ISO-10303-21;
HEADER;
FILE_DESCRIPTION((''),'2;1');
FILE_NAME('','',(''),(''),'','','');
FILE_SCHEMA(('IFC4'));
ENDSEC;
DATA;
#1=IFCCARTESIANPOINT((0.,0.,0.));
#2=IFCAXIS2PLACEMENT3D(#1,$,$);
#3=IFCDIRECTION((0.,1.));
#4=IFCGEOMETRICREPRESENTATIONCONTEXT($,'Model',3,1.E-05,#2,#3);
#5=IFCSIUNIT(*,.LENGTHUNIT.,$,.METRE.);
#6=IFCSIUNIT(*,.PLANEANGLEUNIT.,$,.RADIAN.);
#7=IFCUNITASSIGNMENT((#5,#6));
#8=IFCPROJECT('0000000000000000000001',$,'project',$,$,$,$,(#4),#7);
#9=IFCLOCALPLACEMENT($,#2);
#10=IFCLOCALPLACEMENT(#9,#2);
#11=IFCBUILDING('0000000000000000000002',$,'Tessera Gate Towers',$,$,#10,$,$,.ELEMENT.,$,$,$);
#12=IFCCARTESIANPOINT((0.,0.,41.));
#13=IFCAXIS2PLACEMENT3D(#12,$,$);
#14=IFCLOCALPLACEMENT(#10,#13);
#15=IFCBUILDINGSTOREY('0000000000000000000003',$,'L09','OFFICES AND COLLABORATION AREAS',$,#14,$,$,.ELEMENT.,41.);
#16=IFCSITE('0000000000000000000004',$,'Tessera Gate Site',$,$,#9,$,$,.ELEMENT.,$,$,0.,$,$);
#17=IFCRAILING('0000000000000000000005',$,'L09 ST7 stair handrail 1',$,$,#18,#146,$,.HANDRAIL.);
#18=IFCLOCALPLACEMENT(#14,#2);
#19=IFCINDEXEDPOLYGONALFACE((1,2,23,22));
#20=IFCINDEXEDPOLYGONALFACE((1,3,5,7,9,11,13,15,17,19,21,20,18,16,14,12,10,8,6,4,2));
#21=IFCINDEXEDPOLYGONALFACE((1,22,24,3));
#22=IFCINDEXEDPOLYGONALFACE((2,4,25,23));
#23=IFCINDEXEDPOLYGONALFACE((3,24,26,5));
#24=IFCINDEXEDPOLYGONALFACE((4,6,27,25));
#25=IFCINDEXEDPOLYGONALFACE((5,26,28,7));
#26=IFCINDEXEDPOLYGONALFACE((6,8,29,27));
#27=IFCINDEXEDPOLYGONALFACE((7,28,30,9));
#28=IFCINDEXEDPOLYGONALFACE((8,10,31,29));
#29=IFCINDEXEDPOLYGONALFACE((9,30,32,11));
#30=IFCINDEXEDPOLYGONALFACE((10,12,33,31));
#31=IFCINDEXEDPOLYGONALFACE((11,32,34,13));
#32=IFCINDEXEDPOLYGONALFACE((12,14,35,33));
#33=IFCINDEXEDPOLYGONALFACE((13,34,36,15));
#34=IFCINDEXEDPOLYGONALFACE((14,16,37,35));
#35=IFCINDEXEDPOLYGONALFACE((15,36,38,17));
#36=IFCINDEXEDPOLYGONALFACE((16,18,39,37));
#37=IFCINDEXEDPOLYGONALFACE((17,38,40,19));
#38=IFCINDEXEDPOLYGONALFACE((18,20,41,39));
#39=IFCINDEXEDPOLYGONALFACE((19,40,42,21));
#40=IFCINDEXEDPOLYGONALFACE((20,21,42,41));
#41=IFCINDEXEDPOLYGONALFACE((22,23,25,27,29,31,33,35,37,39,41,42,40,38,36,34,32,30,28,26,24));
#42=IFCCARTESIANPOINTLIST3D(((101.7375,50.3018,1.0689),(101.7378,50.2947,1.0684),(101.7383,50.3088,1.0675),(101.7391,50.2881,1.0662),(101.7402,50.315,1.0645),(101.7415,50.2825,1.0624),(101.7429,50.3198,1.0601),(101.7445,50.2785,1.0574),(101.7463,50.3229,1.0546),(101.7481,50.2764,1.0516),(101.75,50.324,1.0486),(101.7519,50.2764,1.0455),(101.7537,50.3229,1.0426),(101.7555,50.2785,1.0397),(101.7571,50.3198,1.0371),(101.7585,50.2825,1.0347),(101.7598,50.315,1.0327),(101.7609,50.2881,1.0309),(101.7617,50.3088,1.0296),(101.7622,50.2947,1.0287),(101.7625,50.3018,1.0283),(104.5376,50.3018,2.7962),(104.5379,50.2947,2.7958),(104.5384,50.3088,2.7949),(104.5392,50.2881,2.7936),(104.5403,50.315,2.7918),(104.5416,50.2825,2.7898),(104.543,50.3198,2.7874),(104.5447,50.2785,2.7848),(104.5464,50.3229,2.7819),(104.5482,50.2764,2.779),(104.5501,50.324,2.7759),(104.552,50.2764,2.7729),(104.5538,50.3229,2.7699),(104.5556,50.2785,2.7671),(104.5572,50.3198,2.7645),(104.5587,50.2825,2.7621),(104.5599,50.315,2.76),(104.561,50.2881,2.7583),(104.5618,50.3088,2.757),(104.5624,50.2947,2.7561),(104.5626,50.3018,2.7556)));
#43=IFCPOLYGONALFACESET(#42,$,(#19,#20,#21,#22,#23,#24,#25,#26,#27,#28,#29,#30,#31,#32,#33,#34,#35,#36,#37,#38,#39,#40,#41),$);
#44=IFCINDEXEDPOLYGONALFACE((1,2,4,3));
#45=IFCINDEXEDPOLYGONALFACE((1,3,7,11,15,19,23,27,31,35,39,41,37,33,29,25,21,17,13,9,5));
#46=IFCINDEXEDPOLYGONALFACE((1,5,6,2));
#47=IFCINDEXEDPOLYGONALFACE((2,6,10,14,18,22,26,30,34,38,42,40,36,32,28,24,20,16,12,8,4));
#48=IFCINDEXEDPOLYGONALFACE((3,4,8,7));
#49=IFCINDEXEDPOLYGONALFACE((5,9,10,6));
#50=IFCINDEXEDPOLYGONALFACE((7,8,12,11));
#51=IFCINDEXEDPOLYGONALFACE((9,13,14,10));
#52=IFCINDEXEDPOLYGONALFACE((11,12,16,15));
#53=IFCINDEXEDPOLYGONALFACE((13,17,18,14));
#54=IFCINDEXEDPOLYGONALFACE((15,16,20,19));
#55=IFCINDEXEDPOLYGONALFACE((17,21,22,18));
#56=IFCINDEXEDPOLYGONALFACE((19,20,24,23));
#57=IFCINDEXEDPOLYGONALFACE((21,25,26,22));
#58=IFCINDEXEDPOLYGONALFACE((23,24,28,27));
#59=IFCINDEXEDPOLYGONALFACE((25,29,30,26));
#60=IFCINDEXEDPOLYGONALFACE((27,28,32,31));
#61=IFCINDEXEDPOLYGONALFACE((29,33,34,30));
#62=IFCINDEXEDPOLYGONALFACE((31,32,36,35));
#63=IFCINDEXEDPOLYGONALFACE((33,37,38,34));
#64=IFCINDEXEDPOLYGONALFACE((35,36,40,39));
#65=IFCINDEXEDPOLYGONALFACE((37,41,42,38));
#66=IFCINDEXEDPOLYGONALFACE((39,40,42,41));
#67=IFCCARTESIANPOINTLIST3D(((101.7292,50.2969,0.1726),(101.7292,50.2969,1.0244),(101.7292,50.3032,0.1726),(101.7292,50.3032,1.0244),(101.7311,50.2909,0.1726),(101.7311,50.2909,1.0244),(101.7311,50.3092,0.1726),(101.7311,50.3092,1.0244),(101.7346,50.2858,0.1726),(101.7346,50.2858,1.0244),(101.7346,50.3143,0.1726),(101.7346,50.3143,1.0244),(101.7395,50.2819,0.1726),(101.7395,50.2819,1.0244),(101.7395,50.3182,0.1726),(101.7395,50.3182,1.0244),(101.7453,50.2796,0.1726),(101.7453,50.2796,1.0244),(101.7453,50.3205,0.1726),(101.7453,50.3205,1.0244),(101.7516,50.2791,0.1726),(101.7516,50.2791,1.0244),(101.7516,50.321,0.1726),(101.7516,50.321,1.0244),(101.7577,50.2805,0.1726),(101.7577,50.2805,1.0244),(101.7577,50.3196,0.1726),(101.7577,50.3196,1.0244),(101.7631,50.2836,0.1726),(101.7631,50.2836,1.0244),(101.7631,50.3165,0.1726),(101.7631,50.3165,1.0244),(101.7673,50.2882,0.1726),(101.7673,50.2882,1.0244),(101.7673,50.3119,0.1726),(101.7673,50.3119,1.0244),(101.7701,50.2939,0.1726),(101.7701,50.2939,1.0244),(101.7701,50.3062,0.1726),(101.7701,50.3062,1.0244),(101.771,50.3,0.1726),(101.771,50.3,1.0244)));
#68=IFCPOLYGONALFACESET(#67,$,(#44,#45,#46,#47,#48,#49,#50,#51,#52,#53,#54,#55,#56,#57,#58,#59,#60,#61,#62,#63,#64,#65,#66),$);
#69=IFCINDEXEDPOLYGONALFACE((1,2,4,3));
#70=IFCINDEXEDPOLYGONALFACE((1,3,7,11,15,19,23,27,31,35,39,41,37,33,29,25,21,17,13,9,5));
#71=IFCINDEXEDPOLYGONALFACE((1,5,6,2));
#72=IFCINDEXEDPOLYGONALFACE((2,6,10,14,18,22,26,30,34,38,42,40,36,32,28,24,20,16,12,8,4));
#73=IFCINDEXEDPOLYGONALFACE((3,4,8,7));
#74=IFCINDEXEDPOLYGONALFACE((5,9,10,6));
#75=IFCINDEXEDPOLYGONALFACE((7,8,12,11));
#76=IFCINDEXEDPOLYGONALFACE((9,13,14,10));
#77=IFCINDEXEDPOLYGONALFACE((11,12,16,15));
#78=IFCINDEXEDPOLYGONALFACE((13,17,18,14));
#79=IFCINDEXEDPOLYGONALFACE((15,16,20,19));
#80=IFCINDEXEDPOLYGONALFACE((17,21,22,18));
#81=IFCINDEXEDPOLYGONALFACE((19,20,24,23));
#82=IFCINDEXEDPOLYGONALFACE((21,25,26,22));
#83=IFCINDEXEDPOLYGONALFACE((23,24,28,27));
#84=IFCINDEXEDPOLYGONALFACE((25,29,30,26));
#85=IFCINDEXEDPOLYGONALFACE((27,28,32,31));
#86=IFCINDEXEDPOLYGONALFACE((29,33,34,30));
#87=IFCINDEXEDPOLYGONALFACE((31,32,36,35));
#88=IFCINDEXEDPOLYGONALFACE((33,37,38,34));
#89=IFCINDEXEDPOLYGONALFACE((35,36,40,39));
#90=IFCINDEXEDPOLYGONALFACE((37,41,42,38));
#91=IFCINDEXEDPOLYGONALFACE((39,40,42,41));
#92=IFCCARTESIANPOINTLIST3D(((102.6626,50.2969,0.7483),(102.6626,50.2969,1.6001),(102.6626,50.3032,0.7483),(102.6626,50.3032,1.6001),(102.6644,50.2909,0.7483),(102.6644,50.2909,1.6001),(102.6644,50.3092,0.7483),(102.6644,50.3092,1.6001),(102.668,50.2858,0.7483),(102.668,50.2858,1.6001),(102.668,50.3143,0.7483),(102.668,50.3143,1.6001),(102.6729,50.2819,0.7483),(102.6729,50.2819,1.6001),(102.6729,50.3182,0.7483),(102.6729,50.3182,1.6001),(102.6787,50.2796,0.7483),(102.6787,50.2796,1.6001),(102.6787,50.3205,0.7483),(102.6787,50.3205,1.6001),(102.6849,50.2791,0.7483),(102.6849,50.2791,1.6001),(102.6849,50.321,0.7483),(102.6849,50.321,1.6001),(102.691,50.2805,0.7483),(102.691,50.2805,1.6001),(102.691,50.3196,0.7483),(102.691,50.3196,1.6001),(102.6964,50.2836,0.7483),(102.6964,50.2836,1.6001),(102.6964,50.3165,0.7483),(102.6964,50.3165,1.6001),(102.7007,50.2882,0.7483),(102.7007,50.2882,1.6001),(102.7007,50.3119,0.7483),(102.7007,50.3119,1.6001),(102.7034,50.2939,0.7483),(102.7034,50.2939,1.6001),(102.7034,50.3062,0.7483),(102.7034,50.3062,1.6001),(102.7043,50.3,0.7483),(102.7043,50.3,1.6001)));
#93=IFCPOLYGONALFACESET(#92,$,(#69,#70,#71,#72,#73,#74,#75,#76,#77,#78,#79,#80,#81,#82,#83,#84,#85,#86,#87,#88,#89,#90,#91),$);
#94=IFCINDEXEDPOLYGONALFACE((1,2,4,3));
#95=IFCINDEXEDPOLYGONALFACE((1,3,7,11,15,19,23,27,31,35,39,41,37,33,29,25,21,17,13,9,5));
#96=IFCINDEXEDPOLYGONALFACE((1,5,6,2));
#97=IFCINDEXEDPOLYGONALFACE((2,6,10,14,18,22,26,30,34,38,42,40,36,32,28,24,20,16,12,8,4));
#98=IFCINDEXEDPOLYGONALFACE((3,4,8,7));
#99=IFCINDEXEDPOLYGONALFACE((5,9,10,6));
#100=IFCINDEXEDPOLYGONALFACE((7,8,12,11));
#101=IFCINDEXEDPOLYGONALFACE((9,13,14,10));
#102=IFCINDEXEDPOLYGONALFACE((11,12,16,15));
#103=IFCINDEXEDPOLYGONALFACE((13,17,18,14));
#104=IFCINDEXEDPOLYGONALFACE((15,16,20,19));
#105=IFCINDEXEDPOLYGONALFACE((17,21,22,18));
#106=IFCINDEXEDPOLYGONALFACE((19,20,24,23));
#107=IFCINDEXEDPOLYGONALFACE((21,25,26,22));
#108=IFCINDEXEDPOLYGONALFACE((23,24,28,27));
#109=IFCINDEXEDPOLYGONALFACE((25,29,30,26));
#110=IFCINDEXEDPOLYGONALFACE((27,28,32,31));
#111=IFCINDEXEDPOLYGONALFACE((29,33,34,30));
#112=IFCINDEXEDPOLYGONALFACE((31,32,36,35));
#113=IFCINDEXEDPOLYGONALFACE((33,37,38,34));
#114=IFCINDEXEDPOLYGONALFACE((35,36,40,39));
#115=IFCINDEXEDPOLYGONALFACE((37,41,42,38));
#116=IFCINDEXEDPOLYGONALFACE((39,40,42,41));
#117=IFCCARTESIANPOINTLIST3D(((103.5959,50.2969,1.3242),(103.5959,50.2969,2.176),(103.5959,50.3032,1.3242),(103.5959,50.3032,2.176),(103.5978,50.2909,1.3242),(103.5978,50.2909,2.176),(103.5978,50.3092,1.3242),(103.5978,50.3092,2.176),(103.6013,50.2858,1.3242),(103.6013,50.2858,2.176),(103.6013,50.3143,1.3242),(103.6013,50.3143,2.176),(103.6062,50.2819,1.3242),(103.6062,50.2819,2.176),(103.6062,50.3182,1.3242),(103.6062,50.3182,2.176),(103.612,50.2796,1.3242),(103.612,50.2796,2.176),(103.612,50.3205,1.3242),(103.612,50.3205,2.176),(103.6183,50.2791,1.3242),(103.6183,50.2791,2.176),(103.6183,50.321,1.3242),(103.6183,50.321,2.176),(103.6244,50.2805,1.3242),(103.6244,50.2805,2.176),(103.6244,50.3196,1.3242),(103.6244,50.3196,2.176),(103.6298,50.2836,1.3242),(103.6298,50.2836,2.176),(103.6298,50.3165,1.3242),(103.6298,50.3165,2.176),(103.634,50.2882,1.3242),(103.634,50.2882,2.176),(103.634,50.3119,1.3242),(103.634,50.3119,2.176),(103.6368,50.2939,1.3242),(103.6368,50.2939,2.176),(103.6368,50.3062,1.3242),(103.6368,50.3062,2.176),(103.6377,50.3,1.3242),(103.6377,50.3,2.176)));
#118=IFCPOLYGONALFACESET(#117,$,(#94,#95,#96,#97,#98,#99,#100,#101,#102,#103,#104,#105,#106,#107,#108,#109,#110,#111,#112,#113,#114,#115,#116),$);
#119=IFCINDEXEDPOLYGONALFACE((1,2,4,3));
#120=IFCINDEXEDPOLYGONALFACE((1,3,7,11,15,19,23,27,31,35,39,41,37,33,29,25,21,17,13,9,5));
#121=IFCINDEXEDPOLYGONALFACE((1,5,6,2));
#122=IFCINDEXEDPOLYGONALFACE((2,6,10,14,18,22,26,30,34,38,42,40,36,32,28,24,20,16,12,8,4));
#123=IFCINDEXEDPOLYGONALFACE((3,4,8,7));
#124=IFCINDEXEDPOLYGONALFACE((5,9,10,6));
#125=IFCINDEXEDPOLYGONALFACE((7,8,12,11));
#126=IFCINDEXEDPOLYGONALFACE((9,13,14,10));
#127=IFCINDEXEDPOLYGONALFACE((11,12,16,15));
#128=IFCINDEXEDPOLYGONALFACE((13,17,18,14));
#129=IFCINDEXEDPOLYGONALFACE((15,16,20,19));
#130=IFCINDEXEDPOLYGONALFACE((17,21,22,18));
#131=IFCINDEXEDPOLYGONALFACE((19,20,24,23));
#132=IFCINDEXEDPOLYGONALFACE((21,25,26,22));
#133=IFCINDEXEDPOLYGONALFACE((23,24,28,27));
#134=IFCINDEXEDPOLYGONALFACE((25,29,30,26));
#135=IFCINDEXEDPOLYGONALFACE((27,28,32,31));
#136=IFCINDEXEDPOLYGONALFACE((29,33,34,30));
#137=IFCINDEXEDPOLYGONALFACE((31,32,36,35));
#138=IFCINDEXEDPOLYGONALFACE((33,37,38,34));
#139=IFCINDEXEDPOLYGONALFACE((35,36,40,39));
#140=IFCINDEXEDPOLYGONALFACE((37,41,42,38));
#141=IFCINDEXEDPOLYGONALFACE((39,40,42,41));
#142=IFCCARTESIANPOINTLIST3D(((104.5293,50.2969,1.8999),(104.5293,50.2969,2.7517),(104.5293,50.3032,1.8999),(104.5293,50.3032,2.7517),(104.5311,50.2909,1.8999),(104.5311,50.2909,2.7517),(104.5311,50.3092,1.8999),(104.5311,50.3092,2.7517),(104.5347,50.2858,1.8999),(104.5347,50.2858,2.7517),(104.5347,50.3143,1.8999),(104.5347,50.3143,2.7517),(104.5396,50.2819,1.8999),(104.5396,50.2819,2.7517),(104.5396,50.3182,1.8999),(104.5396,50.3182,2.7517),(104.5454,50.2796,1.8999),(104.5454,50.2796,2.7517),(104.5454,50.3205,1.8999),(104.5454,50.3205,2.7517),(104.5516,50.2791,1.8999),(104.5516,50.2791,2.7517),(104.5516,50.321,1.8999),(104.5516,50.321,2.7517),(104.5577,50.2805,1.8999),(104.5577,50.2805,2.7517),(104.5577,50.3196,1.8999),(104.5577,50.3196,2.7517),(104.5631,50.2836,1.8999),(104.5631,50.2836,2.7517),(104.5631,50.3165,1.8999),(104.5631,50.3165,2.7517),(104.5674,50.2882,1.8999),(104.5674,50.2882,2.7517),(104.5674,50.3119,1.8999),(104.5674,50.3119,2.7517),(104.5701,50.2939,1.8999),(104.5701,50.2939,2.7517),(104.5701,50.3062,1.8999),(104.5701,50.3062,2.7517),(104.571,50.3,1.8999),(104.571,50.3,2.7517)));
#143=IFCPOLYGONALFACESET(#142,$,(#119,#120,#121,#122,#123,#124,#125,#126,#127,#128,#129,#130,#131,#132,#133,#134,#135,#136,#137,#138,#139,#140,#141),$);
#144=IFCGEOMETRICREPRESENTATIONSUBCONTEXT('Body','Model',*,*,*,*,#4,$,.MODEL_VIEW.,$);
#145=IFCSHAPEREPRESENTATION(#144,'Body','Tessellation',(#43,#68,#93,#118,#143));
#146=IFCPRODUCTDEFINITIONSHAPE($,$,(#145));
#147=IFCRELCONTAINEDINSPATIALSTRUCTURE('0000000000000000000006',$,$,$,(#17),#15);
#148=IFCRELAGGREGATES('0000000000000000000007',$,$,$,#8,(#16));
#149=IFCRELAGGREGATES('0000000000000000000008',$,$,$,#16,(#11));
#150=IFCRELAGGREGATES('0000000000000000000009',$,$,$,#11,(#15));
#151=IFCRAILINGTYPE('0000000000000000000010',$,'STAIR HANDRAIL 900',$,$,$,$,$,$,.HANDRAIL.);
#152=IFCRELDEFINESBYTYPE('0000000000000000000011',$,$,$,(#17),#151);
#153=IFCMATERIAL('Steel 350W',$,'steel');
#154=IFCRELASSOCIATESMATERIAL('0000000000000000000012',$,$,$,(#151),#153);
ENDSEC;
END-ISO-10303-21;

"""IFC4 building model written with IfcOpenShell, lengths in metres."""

from ifc_helpers import new_model, si_unit, direction, frame, origin, origin_2d, place, context, subcontext, project, spatial, circle, extrude, material, type_object, element, save


model = new_model("IFC4")

# Units and contexts
model_context = context("Model", 3, precision=1e-05, world=origin(), true_north=direction((0.0, 1.0)))
body_context = subcontext(model_context, "Body", "Model", "MODEL_VIEW")
ifc_project = project(units=[si_unit("LENGTHUNIT", "METRE"), si_unit("PLANEANGLEUNIT", "RADIAN")], contexts=[model_context])

# Site, building, storey
site_placement = place(None, origin())
site = spatial("IfcSite", under=ifc_project, at=site_placement, Name="Tessera Gate Site", CompositionType="ELEMENT", RefElevation=0.0)
building_placement = place(site_placement, origin())
building = spatial("IfcBuilding", under=site, at=building_placement, Name="Tessera Gate Towers", CompositionType="ELEMENT")
storey_placement = place(building_placement, frame((0.0, 0.0, 41.0)))
storey = spatial("IfcBuildingStorey", under=building, at=storey_placement, Name="L09", Description="OFFICES AND COLLABORATION AREAS", CompositionType="ELEMENT", Elevation=41.0)

# Railing
ifc_material_1 = material(Name="Steel 350W", Category="steel")
railing_type_1 = type_object("IfcRailingType", Name="STAIR HANDRAIL 900", PredefinedType="HANDRAIL", material=ifc_material_1)
railing_1_placement = place(storey_placement, frame((101.75, 50.3, 0.1726)))
element("IfcRailing", 1, at=railing_1_placement, inside=storey, type_object=railing_type_1, Name="L09 ST7 stair handrail 1", PredefinedType="HANDRAIL", context=body_context, shape_type="SweptSolid", body=[
    extrude(circle(Radius=0.0239, at=origin_2d()), frame((0.0, 0.0, 0.876), z_axis=(0.85109, 0.0, 0.52502), x_axis=(0.0, 1.0, 0.0)), (0.0, 0.0, 1.0), 3.29),
    extrude(circle(Radius=0.021, at=origin_2d()), origin(), (0.0, 0.0, 1.0), 0.8518),
    extrude(circle(Radius=0.021, at=origin_2d()), frame((0.9333, 0.0, 0.5757)), (0.0, 0.0, 1.0), 0.8518),
    extrude(circle(Radius=0.021, at=origin_2d()), frame((1.8667, 0.0, 1.1516)), (0.0, 0.0, 1.0), 0.8518),
    extrude(circle(Radius=0.021, at=origin_2d()), frame((2.8, 0.0, 1.7273)), (0.0, 0.0, 1.0), 0.8518),
])

save(model, "model.ifc")
